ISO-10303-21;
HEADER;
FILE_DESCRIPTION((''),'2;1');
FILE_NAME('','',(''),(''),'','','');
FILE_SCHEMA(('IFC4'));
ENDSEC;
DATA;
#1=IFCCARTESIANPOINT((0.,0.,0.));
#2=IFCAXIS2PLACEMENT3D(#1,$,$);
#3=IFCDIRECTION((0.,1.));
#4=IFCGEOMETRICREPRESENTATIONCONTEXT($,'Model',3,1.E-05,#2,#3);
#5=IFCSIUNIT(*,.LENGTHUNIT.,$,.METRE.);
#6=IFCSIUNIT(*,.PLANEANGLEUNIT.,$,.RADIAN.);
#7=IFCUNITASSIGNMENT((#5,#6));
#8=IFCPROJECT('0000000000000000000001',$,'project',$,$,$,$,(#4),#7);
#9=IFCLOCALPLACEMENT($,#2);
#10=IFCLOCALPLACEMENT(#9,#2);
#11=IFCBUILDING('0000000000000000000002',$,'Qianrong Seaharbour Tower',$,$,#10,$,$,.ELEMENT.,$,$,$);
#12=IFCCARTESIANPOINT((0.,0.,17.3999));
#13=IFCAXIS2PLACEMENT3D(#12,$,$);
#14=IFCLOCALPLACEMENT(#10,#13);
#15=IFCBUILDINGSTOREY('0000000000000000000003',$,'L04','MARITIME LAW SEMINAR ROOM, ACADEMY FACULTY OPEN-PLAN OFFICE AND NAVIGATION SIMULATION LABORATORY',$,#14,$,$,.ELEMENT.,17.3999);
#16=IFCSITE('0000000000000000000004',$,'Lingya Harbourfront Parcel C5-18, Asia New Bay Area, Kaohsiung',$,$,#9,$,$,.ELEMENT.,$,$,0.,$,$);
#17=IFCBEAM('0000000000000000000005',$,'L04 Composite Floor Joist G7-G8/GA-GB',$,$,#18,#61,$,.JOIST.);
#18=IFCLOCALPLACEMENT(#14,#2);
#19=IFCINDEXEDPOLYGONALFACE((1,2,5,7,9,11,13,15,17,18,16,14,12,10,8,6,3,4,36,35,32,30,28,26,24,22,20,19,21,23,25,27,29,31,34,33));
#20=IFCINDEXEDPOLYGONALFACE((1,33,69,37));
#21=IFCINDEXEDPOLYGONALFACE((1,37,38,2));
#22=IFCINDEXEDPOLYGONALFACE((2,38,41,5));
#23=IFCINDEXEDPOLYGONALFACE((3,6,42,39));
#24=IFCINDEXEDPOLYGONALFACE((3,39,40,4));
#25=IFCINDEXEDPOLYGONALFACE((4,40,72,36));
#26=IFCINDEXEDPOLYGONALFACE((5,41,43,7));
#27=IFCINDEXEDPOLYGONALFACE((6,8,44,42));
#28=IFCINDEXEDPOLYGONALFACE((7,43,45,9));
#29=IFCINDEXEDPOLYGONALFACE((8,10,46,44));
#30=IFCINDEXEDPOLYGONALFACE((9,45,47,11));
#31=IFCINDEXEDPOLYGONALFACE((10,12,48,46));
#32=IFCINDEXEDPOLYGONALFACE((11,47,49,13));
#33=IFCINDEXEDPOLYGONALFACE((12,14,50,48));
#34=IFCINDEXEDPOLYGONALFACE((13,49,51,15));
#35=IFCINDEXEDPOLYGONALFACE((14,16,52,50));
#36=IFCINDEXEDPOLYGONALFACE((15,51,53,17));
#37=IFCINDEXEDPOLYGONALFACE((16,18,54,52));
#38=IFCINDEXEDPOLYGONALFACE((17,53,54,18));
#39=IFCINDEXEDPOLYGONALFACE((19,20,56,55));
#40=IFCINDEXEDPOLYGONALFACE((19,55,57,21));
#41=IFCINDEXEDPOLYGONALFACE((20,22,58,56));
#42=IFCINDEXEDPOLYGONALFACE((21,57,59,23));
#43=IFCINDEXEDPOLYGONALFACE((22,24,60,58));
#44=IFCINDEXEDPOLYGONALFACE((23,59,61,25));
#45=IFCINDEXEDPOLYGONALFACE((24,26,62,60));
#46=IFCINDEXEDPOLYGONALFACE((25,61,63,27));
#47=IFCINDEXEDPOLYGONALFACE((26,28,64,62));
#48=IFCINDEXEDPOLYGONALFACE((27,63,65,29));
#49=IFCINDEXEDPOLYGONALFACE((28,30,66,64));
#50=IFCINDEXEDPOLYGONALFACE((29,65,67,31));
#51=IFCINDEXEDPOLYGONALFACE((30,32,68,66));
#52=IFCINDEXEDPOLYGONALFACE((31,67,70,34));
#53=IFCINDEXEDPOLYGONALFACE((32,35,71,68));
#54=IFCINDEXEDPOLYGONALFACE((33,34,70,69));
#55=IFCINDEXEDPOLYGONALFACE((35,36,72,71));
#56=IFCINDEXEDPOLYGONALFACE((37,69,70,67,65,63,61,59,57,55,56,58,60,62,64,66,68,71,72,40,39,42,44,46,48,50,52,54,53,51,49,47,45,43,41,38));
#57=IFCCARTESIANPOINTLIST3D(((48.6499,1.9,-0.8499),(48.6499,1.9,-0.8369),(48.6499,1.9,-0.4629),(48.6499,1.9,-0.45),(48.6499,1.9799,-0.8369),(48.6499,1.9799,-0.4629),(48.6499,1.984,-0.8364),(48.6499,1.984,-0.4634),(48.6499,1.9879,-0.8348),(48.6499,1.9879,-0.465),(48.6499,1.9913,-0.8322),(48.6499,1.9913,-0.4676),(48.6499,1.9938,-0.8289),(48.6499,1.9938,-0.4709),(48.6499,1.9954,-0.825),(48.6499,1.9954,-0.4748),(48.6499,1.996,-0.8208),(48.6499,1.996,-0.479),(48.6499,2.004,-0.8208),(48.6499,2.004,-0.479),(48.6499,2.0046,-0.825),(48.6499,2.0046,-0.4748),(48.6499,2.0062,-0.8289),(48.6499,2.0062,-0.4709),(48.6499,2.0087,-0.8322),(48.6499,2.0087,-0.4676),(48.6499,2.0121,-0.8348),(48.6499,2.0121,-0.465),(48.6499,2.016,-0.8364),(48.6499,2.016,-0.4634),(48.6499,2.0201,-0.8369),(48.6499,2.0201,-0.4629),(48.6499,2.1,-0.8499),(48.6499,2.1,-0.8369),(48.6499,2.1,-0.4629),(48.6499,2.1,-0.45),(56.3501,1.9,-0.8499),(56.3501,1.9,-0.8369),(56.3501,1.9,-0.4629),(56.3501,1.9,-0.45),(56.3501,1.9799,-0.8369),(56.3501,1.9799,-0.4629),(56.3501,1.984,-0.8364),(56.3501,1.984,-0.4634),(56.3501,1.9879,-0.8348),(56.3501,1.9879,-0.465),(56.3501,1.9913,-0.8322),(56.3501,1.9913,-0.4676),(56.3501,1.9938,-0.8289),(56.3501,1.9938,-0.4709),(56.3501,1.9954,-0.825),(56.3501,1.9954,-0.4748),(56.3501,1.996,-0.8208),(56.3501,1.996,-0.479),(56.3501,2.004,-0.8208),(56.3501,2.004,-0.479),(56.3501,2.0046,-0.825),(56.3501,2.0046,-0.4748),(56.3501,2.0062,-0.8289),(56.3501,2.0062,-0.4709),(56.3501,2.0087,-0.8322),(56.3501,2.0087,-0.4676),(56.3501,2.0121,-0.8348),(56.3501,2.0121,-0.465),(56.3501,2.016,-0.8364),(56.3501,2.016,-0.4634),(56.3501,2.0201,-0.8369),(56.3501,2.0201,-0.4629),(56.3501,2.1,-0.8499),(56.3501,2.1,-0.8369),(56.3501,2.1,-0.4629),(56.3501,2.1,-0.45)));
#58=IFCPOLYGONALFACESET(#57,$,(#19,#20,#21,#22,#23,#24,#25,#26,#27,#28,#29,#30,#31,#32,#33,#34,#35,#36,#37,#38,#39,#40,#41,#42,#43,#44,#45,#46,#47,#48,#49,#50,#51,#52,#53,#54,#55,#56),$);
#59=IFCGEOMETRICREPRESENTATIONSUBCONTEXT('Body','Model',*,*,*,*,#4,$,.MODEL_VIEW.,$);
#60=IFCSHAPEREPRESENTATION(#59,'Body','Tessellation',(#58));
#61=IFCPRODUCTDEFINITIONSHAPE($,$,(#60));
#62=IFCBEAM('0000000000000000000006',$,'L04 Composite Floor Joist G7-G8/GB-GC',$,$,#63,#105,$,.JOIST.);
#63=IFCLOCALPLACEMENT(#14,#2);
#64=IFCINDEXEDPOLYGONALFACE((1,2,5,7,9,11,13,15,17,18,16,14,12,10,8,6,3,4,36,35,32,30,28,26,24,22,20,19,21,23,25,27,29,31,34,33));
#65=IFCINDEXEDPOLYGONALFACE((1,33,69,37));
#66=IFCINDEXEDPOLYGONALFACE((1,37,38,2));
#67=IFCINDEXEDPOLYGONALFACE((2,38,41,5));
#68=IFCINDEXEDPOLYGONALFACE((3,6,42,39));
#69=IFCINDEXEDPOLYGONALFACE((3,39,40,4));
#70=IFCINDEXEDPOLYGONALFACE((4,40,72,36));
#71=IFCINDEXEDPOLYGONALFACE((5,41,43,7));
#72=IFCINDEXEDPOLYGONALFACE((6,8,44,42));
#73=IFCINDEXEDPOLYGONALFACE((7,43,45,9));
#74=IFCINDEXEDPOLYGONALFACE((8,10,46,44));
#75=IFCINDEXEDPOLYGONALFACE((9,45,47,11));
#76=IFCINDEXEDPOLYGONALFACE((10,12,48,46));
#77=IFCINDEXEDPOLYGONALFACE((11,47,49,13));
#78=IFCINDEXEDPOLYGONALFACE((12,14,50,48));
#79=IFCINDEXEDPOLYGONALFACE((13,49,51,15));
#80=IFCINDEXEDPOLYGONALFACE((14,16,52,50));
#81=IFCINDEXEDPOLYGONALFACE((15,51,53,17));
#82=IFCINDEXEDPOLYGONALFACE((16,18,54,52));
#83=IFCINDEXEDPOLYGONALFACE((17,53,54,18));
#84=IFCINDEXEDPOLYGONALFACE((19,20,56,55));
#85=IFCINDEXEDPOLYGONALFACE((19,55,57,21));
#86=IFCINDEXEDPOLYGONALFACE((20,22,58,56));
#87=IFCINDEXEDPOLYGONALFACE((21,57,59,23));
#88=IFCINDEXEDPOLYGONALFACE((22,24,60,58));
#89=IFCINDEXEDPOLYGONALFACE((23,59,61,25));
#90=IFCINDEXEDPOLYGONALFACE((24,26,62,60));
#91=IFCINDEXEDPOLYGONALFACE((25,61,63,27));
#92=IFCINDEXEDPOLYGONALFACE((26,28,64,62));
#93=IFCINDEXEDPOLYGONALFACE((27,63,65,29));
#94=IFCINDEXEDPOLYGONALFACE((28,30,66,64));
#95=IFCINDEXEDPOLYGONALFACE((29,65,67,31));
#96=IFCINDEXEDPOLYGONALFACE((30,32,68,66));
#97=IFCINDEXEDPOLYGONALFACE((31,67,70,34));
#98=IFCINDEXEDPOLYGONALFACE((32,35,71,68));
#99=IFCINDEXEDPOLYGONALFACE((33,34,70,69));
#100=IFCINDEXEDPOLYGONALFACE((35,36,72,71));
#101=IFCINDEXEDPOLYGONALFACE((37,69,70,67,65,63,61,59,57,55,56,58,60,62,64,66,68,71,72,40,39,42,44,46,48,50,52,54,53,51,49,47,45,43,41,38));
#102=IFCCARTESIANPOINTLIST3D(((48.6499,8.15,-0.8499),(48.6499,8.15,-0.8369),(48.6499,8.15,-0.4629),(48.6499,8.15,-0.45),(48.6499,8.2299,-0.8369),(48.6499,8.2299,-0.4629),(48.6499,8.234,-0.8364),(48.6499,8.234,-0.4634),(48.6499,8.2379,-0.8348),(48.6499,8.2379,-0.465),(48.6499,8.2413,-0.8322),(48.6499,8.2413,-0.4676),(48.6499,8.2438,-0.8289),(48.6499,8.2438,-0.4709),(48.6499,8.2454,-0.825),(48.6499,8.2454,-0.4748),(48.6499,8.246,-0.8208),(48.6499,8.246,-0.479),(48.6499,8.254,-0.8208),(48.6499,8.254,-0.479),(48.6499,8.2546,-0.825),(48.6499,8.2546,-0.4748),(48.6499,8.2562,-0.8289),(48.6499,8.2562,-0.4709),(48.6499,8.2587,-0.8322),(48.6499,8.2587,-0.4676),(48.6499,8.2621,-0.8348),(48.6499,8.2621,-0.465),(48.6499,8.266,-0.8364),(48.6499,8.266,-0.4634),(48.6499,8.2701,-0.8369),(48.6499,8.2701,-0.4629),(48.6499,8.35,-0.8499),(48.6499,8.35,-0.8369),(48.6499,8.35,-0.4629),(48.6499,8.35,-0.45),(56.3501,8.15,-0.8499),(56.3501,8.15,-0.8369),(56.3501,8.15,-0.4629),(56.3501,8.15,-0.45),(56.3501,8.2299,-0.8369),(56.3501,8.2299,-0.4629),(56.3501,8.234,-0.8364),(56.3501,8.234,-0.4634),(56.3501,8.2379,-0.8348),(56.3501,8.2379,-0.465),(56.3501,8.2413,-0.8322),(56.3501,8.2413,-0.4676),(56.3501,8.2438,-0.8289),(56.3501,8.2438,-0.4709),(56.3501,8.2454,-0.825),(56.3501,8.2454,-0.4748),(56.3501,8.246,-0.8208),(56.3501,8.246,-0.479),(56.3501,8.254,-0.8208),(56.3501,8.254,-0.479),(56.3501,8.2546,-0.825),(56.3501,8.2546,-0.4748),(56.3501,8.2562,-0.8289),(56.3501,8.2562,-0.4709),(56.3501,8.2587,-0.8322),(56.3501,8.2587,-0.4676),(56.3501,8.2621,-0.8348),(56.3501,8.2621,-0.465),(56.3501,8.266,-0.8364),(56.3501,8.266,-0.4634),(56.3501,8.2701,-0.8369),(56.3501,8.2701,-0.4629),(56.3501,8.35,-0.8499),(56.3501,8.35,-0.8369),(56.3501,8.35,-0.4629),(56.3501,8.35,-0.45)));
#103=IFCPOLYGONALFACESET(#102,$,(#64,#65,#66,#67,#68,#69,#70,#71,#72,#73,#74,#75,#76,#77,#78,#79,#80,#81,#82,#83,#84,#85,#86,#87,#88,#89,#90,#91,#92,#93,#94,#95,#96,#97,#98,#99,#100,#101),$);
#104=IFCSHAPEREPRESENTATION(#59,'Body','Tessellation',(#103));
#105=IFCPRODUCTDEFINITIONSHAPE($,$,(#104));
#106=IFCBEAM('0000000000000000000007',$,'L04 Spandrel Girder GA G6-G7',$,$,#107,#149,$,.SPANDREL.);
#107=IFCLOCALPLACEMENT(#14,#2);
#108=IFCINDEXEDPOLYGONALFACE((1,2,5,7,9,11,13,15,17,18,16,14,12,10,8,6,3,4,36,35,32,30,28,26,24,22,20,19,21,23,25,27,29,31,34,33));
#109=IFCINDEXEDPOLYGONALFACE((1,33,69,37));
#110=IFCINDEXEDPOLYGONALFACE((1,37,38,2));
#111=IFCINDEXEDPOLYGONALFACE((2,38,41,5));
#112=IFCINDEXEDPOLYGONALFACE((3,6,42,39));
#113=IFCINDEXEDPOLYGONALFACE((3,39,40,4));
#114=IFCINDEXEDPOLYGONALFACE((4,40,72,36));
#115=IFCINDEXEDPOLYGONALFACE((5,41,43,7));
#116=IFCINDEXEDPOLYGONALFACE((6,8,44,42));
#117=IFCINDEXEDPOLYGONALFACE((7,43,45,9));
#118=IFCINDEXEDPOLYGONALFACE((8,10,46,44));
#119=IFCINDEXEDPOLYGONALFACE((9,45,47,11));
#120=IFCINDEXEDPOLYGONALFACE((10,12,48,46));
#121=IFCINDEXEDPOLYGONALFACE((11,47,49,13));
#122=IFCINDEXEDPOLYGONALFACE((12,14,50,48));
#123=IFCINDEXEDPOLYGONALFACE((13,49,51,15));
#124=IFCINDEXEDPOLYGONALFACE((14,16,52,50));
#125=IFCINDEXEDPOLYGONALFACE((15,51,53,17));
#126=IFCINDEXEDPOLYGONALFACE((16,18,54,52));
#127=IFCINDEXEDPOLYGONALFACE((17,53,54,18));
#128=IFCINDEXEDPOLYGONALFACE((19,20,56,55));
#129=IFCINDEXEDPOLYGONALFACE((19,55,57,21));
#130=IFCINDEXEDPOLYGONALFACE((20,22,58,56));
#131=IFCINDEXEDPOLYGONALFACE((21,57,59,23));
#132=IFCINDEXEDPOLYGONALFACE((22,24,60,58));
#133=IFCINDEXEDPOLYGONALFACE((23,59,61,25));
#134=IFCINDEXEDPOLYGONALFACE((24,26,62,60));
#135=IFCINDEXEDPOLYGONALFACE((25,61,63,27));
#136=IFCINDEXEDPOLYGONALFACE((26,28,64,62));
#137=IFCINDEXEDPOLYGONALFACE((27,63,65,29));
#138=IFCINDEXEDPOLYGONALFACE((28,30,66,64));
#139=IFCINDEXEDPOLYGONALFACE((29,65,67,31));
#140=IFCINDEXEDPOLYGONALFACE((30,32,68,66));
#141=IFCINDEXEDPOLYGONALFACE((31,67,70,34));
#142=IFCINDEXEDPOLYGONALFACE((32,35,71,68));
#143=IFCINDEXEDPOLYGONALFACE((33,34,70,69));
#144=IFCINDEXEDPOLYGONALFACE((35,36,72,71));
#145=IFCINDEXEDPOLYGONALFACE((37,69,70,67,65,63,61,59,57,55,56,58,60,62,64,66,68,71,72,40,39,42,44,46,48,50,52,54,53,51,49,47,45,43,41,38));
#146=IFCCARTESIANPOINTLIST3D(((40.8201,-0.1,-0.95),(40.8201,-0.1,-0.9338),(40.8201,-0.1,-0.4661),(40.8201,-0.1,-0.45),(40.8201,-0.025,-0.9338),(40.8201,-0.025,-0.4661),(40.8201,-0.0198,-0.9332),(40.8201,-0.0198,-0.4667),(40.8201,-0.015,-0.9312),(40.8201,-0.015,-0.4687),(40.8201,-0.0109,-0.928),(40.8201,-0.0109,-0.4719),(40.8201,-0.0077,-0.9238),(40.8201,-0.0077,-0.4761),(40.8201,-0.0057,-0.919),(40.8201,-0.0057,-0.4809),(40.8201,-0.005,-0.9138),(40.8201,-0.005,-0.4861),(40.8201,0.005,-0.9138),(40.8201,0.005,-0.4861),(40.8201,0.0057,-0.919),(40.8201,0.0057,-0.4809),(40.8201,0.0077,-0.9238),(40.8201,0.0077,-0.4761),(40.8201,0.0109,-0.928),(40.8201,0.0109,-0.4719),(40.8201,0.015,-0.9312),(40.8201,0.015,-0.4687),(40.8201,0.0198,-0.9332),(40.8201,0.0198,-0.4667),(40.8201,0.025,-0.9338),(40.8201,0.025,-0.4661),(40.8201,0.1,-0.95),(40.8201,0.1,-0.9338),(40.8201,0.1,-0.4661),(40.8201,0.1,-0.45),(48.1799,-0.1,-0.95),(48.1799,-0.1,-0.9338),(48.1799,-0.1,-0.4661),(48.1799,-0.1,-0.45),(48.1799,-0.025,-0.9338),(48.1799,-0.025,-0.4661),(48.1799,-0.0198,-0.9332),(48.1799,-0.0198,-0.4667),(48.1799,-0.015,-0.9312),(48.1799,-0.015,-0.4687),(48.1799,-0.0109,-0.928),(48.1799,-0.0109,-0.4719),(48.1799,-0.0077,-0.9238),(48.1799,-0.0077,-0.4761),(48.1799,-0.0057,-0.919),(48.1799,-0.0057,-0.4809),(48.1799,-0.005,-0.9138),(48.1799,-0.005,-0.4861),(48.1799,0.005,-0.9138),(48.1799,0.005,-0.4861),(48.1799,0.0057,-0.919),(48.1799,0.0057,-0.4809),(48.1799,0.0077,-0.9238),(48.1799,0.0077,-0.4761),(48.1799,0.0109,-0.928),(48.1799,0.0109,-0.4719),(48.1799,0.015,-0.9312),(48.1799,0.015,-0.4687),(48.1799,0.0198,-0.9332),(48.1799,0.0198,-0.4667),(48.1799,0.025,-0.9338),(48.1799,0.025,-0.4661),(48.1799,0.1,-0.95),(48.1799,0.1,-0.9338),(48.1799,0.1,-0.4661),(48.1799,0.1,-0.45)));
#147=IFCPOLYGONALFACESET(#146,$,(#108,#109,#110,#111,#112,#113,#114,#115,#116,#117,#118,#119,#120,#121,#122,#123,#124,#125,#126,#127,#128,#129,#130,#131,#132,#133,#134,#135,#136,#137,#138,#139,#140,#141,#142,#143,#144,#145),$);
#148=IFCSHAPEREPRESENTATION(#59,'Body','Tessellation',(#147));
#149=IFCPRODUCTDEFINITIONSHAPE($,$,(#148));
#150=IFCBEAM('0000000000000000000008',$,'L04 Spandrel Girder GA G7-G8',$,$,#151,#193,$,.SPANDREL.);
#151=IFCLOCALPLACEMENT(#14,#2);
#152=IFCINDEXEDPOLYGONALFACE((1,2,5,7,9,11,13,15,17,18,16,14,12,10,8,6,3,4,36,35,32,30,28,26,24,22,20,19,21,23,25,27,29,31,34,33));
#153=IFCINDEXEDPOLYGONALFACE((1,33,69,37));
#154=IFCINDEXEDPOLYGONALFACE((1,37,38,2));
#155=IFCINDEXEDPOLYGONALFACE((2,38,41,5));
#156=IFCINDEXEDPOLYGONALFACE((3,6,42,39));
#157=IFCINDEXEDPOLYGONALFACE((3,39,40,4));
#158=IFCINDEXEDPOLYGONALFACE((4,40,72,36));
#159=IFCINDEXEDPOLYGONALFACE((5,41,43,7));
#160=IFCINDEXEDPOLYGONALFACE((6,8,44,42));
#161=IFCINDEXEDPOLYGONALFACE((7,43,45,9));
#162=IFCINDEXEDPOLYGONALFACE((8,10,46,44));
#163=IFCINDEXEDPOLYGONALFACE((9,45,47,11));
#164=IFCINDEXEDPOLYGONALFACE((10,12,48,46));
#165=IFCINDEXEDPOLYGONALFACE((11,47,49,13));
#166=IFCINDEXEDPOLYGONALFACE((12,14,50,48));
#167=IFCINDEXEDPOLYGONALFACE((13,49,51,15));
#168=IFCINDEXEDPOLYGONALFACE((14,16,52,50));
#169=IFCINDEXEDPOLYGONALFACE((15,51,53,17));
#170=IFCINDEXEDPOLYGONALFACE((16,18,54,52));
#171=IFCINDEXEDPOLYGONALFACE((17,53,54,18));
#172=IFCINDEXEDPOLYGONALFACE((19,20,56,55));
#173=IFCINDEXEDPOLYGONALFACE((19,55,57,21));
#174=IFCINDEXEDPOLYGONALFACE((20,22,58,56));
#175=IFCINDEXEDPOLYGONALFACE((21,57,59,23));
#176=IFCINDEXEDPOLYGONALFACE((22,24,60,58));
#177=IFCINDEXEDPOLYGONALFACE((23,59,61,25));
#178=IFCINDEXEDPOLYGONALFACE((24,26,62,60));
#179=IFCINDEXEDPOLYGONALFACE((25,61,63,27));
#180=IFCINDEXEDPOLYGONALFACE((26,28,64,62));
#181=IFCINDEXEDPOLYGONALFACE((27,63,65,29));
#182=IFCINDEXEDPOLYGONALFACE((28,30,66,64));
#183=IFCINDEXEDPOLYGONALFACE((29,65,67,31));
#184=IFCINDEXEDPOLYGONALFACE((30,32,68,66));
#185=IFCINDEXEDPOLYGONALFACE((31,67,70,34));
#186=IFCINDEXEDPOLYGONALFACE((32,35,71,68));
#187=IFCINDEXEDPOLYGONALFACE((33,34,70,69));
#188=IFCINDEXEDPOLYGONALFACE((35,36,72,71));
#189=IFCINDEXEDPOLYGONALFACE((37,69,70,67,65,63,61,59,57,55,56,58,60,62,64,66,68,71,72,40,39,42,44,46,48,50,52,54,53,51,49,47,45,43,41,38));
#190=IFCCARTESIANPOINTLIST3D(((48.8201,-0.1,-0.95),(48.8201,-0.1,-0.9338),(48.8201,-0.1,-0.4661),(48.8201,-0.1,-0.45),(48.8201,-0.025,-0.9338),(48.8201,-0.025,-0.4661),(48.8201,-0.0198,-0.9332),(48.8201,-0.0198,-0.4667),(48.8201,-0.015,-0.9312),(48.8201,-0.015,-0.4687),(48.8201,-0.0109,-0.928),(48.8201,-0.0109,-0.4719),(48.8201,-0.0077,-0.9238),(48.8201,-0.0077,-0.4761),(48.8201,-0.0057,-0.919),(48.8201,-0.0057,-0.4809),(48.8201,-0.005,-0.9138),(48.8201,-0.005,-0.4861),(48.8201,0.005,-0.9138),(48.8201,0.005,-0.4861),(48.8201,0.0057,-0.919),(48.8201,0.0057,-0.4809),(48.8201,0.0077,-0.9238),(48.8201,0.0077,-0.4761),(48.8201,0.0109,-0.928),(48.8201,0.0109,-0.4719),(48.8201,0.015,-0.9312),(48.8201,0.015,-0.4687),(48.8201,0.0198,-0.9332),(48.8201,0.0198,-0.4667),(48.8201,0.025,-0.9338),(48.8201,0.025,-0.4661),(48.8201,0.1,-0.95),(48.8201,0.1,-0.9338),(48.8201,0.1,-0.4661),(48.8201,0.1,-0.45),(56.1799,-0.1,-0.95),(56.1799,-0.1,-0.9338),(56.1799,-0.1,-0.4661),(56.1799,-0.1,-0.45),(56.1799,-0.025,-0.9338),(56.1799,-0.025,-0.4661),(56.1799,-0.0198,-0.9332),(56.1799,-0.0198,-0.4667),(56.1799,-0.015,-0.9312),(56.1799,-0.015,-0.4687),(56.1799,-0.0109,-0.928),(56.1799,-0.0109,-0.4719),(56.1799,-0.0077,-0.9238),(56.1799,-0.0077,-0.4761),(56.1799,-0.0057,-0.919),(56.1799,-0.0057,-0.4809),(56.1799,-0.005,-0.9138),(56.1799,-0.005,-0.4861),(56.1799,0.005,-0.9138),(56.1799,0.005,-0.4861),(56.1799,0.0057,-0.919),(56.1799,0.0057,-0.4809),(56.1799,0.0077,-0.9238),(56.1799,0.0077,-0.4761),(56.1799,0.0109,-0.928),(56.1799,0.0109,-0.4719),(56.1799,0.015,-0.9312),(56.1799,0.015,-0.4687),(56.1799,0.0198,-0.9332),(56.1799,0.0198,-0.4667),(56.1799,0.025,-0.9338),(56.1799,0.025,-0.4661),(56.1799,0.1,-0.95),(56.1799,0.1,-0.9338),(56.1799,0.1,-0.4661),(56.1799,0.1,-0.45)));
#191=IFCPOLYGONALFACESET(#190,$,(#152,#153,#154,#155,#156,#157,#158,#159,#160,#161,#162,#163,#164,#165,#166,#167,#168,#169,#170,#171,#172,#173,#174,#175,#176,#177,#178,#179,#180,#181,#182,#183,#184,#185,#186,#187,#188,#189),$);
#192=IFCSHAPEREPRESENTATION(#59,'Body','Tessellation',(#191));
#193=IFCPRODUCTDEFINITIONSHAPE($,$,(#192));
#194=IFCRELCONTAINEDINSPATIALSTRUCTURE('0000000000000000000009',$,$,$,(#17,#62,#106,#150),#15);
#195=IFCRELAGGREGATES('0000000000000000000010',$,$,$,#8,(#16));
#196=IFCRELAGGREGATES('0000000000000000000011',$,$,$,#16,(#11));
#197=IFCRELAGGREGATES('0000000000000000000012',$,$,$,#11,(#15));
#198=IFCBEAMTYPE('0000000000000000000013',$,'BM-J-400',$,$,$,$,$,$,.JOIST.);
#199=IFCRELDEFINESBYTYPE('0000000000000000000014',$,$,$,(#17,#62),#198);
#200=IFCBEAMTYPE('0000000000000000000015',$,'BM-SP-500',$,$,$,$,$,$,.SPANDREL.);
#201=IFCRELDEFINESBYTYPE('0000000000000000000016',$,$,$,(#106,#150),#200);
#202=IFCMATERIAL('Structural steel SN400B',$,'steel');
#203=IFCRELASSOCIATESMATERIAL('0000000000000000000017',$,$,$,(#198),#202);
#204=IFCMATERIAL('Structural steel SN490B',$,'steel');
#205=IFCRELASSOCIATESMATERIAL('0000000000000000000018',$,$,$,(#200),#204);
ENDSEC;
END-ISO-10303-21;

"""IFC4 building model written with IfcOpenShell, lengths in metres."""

from ifc_helpers import new_model, si_unit, direction, frame, origin, origin_2d, place, context, subcontext, project, spatial, i_section, extrude, material, material_profile, profile_set, type_object, element, save


model = new_model("IFC4")

# Units and contexts
model_context = context("Model", 3, precision=1e-05, world=origin(), true_north=direction((0.0, 1.0)))
body_context = subcontext(model_context, "Body", "Model", "MODEL_VIEW")
ifc_project = project(units=[si_unit("LENGTHUNIT", "METRE"), si_unit("PLANEANGLEUNIT", "RADIAN")], contexts=[model_context])

# Site, building, storey
site_placement = place(None, origin())
site = spatial("IfcSite", under=ifc_project, at=site_placement, Name="Lingya Harbourfront Parcel C5-18, Asia New Bay Area, Kaohsiung", CompositionType="ELEMENT", RefElevation=0.0)
building_placement = place(site_placement, origin())
building = spatial("IfcBuilding", under=site, at=building_placement, Name="Qianrong Seaharbour Tower", CompositionType="ELEMENT")
storey_placement = place(building_placement, frame((0.0, 0.0, 17.3999)))
storey = spatial("IfcBuildingStorey", under=building, at=storey_placement, Name="L04", Description="MARITIME LAW SEMINAR ROOM, ACADEMY FACULTY OPEN-PLAN OFFICE AND NAVIGATION SIMULATION LABORATORY", CompositionType="ELEMENT", Elevation=17.3999)

# Beams
ifc_material_1 = material(Name="Structural steel SN490B", Category="steel")
ifc_material_2 = material(Name="Structural steel SN400B", Category="steel")
ifc_material_profile_1 = material_profile(ifc_material_2, i_section(OverallWidth=0.2, OverallDepth=0.3999, WebThickness=0.0081, FlangeThickness=0.0129, FilletRadius=0.0161, at=origin_2d()), Name="H400x200x8x13")
ifc_profile_set_1 = profile_set([ifc_material_profile_1], Name="Structural steel SN400B")
beam_type_1 = type_object("IfcBeamType", Name="BM-J-400", PredefinedType="JOIST", material=ifc_profile_set_1)
for number, where, z_axis, x_axis, name in (
    (1, (48.6499, 2.0, -0.6499), (1.0, 0.0, 0.0), (0.0, 1.0, 0.0), "L04 Composite Floor Joist G7-G8/GA-GB"),
    (2, (48.6499, 8.25, -0.6499), (1.0, 0.0, 0.0), (0.0, 1.0, 0.0), "L04 Composite Floor Joist G7-G8/GB-GC"),
):
    element("IfcBeam", number, at=place(storey_placement, frame(where, z_axis=z_axis, x_axis=x_axis)), inside=storey, type_object=beam_type_1, Name=name, PredefinedType="JOIST", context=body_context, shape_type="SweptSolid", body=[
        extrude(i_section(OverallWidth=0.2, OverallDepth=0.3999, WebThickness=0.0081, FlangeThickness=0.0129, FilletRadius=0.0161, at=origin_2d()), origin(), (0.0, 0.0, 1.0), 7.7002),
    ])
ifc_material_profile_2 = material_profile(ifc_material_1, i_section(OverallWidth=0.2, OverallDepth=0.5, WebThickness=0.01, FlangeThickness=0.0161, FilletRadius=0.02, at=origin_2d()), Name="H500x200x10x16")
ifc_profile_set_2 = profile_set([ifc_material_profile_2], Name="Structural steel SN490B")
beam_type_2 = type_object("IfcBeamType", Name="BM-SP-500", PredefinedType="SPANDREL", material=ifc_profile_set_2)
for number, where, z_axis, x_axis, name in (
    (3, (40.8201, 0.0, -0.7), (1.0, 0.0, 0.0), (0.0, 1.0, 0.0), "L04 Spandrel Girder GA G6-G7"),
    (4, (48.8201, 0.0, -0.7), (1.0, 0.0, 0.0), (0.0, 1.0, 0.0), "L04 Spandrel Girder GA G7-G8"),
):
    element("IfcBeam", number, at=place(storey_placement, frame(where, z_axis=z_axis, x_axis=x_axis)), inside=storey, type_object=beam_type_2, Name=name, PredefinedType="SPANDREL", context=body_context, shape_type="SweptSolid", body=[
        extrude(i_section(OverallWidth=0.2, OverallDepth=0.5, WebThickness=0.01, FlangeThickness=0.0161, FilletRadius=0.02, at=origin_2d()), origin(), (0.0, 0.0, 1.0), 7.3599),
    ])

save(model, "model.ifc")
